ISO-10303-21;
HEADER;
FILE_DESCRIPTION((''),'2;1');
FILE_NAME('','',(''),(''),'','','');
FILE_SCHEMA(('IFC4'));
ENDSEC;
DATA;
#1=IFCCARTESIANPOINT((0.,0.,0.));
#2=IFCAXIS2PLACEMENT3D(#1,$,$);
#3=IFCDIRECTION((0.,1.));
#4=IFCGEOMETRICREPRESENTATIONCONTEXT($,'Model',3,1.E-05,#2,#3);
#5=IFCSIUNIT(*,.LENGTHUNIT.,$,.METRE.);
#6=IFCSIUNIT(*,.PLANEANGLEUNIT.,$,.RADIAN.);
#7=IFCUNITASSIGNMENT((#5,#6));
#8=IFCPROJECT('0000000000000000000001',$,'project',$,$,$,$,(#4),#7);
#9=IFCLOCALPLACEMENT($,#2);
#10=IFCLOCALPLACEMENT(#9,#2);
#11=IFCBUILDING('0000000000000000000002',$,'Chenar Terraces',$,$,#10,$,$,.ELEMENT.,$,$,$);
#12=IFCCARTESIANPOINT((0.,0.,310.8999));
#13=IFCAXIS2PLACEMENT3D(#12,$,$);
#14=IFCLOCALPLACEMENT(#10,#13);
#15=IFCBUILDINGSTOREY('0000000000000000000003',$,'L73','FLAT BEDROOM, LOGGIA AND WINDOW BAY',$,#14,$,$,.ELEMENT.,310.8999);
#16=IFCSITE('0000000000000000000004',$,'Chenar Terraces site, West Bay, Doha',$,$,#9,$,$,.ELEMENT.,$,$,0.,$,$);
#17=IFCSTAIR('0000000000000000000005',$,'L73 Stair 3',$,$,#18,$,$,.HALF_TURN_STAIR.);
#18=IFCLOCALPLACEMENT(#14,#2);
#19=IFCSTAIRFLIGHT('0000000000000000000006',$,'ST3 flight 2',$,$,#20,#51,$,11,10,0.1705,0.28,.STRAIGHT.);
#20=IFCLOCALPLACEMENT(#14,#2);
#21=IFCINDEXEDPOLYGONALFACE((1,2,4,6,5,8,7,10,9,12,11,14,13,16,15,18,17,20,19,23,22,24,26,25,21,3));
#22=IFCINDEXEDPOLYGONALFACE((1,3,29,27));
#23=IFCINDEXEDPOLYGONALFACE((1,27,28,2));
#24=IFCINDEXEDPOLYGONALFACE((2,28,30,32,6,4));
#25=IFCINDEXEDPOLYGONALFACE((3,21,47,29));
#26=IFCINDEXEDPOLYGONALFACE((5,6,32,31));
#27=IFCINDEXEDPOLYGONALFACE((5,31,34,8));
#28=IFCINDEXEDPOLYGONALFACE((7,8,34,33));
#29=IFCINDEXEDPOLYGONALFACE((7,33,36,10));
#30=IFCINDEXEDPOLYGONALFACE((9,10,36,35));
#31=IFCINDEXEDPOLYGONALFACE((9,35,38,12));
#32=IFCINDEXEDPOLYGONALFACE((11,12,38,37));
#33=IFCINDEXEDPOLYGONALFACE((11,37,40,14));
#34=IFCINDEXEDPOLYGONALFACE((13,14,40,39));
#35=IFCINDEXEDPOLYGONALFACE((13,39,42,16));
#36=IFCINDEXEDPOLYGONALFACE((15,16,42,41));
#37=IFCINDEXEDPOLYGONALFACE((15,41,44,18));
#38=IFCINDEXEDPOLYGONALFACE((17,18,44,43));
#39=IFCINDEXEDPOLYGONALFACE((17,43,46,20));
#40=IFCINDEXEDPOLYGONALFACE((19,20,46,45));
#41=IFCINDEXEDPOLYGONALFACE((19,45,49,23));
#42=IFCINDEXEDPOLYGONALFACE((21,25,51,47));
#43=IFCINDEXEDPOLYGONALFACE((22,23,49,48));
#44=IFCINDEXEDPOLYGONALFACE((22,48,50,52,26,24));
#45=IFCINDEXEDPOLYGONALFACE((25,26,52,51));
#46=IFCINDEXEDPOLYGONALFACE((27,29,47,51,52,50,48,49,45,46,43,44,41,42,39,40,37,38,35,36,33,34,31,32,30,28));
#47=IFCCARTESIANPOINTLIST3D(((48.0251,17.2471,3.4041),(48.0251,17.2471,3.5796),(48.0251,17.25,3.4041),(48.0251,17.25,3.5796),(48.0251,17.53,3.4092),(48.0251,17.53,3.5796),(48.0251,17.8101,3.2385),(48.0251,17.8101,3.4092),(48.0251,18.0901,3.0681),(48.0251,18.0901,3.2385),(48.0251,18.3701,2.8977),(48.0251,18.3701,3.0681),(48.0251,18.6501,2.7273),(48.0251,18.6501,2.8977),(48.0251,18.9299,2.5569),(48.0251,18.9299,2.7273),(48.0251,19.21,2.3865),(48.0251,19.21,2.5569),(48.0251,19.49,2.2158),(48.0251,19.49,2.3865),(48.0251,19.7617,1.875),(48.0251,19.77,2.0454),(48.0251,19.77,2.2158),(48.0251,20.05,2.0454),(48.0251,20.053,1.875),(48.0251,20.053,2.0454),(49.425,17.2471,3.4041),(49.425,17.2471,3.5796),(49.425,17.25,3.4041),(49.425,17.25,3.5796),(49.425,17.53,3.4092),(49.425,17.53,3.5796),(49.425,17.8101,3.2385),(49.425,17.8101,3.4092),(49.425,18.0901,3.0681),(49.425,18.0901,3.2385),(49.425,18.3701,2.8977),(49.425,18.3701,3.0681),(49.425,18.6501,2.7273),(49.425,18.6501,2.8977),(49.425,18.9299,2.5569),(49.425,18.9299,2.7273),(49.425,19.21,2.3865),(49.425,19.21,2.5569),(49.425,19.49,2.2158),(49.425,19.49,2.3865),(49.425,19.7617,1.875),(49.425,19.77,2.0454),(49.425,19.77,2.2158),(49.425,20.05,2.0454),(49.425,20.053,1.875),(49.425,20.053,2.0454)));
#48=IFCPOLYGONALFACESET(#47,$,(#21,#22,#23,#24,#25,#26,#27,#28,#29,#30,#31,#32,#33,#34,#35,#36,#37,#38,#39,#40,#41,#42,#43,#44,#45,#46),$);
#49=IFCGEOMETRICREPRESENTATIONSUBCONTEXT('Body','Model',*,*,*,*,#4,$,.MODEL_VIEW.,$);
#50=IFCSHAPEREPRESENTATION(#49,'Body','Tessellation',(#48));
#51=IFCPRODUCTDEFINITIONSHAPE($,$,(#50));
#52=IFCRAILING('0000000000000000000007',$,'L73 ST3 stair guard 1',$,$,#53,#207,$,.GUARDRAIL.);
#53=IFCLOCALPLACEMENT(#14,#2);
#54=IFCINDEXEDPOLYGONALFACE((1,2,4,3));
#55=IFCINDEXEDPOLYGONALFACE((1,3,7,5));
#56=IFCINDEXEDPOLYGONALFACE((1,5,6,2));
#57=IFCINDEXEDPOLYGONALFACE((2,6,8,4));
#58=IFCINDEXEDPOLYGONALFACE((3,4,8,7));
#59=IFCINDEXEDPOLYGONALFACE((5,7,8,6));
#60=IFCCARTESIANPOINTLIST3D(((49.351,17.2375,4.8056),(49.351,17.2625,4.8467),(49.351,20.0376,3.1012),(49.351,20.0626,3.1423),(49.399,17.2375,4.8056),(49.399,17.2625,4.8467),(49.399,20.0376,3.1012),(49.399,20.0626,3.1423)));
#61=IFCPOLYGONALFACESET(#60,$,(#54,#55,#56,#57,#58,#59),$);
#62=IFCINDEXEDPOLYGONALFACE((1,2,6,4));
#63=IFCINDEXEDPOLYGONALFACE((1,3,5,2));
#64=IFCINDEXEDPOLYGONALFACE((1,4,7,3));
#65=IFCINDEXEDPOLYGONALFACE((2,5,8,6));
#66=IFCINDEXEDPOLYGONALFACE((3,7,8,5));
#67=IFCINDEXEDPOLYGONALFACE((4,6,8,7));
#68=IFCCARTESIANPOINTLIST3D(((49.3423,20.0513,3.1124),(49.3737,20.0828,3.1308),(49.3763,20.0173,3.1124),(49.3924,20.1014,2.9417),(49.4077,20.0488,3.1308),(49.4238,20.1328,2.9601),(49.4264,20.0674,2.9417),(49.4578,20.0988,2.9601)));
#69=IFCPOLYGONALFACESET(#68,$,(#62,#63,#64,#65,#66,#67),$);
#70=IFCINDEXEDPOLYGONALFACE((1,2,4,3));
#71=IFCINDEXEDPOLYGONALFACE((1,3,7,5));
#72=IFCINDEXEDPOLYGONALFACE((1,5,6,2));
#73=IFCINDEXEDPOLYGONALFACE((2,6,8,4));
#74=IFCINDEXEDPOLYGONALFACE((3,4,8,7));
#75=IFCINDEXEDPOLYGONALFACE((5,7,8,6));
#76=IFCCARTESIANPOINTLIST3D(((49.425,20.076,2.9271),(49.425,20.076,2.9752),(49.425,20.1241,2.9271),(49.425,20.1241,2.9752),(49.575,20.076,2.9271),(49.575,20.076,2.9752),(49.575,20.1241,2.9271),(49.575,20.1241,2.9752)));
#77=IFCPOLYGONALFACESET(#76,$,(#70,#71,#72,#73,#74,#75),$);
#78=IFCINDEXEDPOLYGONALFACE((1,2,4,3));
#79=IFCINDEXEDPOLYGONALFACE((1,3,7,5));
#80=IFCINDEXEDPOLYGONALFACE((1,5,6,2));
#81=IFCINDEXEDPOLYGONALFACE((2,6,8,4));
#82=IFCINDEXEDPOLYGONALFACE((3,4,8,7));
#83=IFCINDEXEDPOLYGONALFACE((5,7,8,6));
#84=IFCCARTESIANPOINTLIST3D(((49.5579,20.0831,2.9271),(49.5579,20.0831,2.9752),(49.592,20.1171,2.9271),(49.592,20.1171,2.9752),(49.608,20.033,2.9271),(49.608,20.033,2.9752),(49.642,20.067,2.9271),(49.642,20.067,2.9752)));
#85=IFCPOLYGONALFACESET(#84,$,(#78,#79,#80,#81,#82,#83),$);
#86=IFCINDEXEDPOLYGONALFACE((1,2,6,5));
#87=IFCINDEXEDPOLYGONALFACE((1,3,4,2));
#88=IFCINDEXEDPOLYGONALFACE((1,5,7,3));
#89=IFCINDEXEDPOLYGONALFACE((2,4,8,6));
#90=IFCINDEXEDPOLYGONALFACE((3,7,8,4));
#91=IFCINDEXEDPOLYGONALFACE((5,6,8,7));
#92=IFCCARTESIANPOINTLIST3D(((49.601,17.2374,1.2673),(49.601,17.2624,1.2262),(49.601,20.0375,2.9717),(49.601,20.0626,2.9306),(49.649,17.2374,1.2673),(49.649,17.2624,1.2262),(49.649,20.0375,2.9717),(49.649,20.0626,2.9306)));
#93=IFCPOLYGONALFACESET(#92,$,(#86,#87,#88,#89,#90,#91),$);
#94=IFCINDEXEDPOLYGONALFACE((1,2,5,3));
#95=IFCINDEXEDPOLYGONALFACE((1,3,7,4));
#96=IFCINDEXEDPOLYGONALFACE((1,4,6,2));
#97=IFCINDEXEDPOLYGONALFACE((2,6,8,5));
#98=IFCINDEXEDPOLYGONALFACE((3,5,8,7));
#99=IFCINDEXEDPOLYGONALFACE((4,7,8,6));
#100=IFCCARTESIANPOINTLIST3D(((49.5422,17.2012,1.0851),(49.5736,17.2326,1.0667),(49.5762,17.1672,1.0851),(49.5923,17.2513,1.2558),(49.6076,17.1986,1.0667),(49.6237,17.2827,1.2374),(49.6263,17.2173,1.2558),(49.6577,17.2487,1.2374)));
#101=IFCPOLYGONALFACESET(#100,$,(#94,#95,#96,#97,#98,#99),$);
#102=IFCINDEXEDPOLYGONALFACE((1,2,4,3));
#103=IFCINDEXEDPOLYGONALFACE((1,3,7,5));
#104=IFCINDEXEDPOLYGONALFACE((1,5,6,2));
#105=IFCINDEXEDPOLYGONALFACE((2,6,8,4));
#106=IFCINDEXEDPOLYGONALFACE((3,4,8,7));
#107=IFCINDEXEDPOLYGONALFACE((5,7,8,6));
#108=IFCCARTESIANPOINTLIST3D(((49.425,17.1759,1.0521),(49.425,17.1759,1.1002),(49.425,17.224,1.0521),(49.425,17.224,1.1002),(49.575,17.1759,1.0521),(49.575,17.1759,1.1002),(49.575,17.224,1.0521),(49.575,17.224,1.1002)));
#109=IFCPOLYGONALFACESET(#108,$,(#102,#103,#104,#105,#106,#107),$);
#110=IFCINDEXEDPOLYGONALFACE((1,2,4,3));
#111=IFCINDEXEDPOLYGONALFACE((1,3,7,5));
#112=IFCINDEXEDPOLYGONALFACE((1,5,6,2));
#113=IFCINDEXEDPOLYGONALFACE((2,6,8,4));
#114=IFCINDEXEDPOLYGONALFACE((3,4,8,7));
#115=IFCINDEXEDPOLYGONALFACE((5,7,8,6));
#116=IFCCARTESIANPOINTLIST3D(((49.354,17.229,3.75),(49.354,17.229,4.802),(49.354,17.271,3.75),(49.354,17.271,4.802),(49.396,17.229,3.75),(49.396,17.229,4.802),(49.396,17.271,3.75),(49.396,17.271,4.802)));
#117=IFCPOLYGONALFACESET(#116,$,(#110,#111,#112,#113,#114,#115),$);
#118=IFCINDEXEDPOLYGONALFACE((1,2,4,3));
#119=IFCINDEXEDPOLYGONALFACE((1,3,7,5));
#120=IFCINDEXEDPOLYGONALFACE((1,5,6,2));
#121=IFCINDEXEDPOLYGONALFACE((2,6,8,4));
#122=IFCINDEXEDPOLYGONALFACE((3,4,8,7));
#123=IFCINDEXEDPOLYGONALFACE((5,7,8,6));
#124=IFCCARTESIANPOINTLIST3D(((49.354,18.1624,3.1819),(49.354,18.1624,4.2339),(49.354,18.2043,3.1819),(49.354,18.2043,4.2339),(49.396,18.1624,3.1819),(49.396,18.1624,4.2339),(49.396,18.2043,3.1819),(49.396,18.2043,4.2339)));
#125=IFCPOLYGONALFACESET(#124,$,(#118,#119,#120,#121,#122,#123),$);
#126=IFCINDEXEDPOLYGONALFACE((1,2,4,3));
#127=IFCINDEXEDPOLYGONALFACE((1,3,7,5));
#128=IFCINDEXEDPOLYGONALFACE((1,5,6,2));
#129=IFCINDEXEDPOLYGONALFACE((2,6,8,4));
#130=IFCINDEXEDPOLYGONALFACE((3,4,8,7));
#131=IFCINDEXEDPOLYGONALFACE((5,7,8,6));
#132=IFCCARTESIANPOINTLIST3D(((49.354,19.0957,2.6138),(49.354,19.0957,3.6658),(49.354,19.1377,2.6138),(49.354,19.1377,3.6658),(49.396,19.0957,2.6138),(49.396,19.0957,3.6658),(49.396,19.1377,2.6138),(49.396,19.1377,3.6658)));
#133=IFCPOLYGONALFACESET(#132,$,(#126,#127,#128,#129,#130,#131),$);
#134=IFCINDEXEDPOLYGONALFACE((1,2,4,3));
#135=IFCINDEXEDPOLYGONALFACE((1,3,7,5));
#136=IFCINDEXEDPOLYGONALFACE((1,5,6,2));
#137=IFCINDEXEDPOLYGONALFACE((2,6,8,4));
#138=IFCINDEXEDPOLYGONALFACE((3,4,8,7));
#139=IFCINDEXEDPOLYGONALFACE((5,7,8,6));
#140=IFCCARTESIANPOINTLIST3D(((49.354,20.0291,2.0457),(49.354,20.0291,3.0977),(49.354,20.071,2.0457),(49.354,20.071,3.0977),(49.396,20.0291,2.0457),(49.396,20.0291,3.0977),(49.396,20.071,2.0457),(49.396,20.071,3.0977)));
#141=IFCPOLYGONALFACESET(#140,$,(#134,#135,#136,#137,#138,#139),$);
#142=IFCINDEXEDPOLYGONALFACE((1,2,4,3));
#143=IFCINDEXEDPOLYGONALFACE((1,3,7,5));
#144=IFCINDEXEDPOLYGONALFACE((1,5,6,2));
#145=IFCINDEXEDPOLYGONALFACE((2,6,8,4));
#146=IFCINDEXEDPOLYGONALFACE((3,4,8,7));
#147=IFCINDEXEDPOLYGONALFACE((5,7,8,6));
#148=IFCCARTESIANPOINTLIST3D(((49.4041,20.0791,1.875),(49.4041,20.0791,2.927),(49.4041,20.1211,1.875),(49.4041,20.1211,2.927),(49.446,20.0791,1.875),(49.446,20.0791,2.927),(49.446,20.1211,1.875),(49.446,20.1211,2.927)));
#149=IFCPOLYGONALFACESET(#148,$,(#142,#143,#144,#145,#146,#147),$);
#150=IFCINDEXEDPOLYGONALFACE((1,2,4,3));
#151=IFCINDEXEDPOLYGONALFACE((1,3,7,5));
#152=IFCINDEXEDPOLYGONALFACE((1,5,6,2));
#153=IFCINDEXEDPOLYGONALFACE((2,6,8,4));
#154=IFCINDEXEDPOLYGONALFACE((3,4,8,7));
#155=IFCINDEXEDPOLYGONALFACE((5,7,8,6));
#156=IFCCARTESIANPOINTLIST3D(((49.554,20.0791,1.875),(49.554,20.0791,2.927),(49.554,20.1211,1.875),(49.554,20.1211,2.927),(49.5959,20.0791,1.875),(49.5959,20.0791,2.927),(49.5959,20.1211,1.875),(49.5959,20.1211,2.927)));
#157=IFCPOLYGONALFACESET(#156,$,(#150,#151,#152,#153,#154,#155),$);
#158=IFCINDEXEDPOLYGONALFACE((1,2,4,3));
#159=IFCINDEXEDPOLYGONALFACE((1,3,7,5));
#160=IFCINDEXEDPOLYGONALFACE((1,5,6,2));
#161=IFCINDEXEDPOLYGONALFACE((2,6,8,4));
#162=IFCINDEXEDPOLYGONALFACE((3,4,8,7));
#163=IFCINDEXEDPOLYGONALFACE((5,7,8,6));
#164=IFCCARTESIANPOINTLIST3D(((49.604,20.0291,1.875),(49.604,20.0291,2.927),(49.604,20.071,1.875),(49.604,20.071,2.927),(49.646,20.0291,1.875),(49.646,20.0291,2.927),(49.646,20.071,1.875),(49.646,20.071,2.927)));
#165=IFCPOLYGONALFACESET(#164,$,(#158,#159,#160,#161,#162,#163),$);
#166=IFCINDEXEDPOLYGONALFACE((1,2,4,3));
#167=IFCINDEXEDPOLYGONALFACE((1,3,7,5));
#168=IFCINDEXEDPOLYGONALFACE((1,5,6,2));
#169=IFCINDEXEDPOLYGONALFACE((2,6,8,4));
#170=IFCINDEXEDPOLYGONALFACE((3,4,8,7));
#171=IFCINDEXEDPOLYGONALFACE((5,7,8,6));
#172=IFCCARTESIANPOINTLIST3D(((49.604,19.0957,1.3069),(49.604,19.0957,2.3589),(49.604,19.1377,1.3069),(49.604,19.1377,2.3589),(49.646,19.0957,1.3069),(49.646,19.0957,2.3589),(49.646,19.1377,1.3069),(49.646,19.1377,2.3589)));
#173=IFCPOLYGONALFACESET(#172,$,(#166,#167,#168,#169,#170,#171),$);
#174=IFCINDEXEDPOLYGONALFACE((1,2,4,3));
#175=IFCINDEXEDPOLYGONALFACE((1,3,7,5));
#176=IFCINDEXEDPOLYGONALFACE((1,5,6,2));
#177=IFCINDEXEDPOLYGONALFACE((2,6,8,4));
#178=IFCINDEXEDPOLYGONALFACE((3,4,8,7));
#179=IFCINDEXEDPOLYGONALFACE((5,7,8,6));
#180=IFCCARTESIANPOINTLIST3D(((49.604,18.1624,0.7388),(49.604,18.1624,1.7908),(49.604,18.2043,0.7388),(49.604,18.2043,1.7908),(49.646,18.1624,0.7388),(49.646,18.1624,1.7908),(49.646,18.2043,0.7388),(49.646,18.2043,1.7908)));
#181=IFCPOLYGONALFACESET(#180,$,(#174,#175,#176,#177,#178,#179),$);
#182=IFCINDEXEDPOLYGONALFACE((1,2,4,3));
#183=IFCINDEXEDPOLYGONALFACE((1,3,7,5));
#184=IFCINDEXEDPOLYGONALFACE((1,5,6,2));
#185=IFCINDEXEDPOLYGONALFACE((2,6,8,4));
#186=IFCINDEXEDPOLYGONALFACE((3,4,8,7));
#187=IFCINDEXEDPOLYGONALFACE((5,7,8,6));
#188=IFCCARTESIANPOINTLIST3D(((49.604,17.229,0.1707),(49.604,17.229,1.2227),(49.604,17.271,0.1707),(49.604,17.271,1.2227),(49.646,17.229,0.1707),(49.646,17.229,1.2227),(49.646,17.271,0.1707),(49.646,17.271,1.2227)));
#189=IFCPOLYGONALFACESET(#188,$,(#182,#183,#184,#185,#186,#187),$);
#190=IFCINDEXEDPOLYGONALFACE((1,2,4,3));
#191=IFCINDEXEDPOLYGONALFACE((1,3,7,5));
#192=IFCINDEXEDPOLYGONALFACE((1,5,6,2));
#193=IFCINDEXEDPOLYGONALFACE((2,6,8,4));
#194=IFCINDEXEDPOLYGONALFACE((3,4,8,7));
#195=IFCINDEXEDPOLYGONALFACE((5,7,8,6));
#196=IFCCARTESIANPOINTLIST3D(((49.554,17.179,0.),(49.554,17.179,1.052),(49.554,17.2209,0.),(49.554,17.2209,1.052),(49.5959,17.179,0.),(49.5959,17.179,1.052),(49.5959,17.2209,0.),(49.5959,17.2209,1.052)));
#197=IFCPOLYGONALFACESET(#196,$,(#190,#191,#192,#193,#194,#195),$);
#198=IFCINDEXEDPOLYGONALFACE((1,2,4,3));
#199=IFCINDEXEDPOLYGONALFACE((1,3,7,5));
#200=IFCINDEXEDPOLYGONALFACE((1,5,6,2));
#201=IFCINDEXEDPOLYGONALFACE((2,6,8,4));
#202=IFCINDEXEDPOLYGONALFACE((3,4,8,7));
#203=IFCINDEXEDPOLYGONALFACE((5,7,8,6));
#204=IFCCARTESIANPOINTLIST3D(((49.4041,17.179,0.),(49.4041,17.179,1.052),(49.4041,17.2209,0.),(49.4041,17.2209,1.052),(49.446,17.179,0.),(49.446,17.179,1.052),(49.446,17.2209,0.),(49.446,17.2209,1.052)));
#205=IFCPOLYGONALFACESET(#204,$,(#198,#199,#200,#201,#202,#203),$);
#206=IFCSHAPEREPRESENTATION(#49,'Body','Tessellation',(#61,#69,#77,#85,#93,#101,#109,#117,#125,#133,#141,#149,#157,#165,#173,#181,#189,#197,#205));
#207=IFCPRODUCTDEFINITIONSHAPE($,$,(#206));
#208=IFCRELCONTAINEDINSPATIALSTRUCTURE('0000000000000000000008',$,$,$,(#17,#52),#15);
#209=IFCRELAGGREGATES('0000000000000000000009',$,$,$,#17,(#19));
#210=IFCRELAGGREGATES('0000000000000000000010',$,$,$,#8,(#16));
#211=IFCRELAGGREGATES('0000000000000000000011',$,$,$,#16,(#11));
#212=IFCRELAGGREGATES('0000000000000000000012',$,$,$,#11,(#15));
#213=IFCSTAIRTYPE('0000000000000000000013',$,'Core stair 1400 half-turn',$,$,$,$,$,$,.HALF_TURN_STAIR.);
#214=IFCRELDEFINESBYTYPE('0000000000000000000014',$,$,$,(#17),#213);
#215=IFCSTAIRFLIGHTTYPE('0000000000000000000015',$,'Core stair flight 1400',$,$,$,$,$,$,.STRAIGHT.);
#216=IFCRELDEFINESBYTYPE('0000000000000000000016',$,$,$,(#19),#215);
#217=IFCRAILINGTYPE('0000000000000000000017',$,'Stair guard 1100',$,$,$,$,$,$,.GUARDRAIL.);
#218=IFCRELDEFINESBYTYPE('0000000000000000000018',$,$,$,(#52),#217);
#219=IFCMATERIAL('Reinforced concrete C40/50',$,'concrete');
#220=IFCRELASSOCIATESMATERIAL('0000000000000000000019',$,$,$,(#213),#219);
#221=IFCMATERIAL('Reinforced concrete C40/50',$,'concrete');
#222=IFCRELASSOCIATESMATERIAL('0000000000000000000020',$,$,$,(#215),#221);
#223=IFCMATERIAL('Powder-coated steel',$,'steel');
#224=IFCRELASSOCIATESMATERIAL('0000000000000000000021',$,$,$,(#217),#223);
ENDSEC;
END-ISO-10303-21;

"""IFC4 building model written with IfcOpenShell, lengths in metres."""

from ifc_helpers import new_model, si_unit, direction, frame, origin, origin_2d, place, context, subcontext, project, spatial, polyline, rectangle, outline, extrude, material, type_object, element, aggregate, save


model = new_model("IFC4")

# Units and contexts
model_context = context("Model", 3, precision=1e-05, world=origin(), true_north=direction((0.0, 1.0)))
body_context = subcontext(model_context, "Body", "Model", "MODEL_VIEW")
ifc_project = project(units=[si_unit("LENGTHUNIT", "METRE"), si_unit("PLANEANGLEUNIT", "RADIAN")], contexts=[model_context])

# Site, building, storey
site_placement = place(None, origin())
site = spatial("IfcSite", under=ifc_project, at=site_placement, Name="Chenar Terraces site, West Bay, Doha", CompositionType="ELEMENT", RefElevation=0.0)
building_placement = place(site_placement, origin())
building = spatial("IfcBuilding", under=site, at=building_placement, Name="Chenar Terraces", CompositionType="ELEMENT")
storey_placement = place(building_placement, frame((0.0, 0.0, 310.8999)))
storey = spatial("IfcBuildingStorey", under=building, at=storey_placement, Name="L73", Description="FLAT BEDROOM, LOGGIA AND WINDOW BAY", CompositionType="ELEMENT", Elevation=310.8999)

# Stair, stair flight
ifc_material_1 = material(Name="Reinforced concrete C40/50", Category="concrete")
stair_type = type_object("IfcStairType", Name="Core stair 1400 half-turn", PredefinedType="HALF_TURN_STAIR", material=ifc_material_1)
stair_placement = place(storey_placement, origin())
stair = element("IfcStair", 1, at=stair_placement, inside=storey, type_object=stair_type, Name="L73 Stair 3", PredefinedType="HALF_TURN_STAIR")
ifc_material_2 = material(Name="Reinforced concrete C40/50", Category="concrete")
stair_flight_type = type_object("IfcStairFlightType", Name="Core stair flight 1400", PredefinedType="STRAIGHT", material=ifc_material_2)
stair_flight_1_placement = place(storey_placement, frame((48.7251, 20.05, 1.875), z_axis=(0.0, 0.0, 1.0), x_axis=(0.0, -1.0, 0.0)))
stair_flight_1 = element("IfcStairFlight", 2, at=stair_flight_1_placement, type_object=stair_flight_type, Name="ST3 flight 2", NumberOfRisers=11, NumberOfTreads=10, PredefinedType="STRAIGHT", RiserHeight=0.1705, TreadLength=0.28, context=body_context, shape_type="SweptSolid", body=[
    extrude(outline(polyline([(-0.0029, 0.0), (-0.0029, 0.1704), (0.0, 0.1704), (0.28, 0.1704), (0.28, 0.3408), (0.5601, 0.3408), (0.5601, 0.5115), (0.8401, 0.5115), (0.8401, 0.6819), (1.1201, 0.6819), (1.1201, 0.8523), (1.3999, 0.8523), (1.3999, 1.0227), (1.6799, 1.0227), (1.6799, 1.1931), (1.96, 1.1931), (1.96, 1.3635), (2.24, 1.3635), (2.24, 1.5342), (2.52, 1.5342), (2.52, 1.7046), (2.8, 1.7046), (2.803, 1.7046), (2.803, 1.5291), (2.8, 1.5291), (0.2883, 0.0), (-0.0029, 0.0)])), frame((0.0, 0.7, 0.0), z_axis=(0.0, -1.0, 0.0), x_axis=(1.0, 0.0, 0.0)), (0.0, 0.0, 1.0), 1.3999),
])
aggregate(stair, [stair_flight_1])

# Railing
ifc_material_3 = material(Name="Powder-coated steel", Category="steel")
railing_type_1 = type_object("IfcRailingType", Name="Stair guard 1100", PredefinedType="GUARDRAIL", material=ifc_material_3)
railing_1_placement = place(storey_placement, frame((49.375, 17.25, 3.75)))
element("IfcRailing", 3, at=railing_1_placement, inside=storey, type_object=railing_type_1, Name="L73 ST3 stair guard 1", PredefinedType="GUARDRAIL", context=body_context, shape_type="SweptSolid", body=[
    extrude(rectangle(XDim=0.0481, YDim=0.0481, at=origin_2d()), frame((0.0, 0.0, 1.0762), z_axis=(0.0, 0.854203, -0.51994), x_axis=(-1.0, 0.0, 0.0)), (0.0, 0.0, 1.0), 3.2781),
    extrude(rectangle(XDim=0.0481, YDim=0.0481, at=origin_2d()), frame((0.0, 2.8, -0.6284), z_axis=(0.2709, 0.2709, -0.923703), x_axis=(-0.707107, 0.707107, 0.0)), (0.0, 0.0, 1.0), 0.1848),
    extrude(rectangle(XDim=0.0481, YDim=0.0481, at=origin_2d()), frame((0.05, 2.8501, -0.7988), z_axis=(1.0, 0.0, 0.0), x_axis=(0.0, 1.0, 0.0)), (0.0, 0.0, 1.0), 0.1499),
    extrude(rectangle(XDim=0.0481, YDim=0.0481, at=origin_2d()), frame((0.2, 2.8501, -0.7988), z_axis=(0.707107, -0.707107, 0.0), x_axis=(0.707107, 0.707107, 0.0)), (0.0, 0.0, 1.0), 0.0708),
    extrude(rectangle(XDim=0.0481, YDim=0.0481, at=origin_2d()), frame((0.25, 2.8, -0.7988), z_axis=(0.0, -0.854203, -0.51994), x_axis=(1.0, 0.0, 0.0)), (0.0, 0.0, 1.0), 3.2781),
    extrude(rectangle(XDim=0.0481, YDim=0.0481, at=origin_2d()), frame((0.25, 0.0, -2.5034), z_axis=(-0.2709, -0.2709, -0.923703), x_axis=(0.707107, -0.707107, 0.0)), (0.0, 0.0, 1.0), 0.1848),
    extrude(rectangle(XDim=0.0481, YDim=0.0481, at=origin_2d()), frame((0.2, -0.05, -2.6738), z_axis=(-1.0, 0.0, 0.0), x_axis=(0.0, -1.0, 0.0)), (0.0, 0.0, 1.0), 0.1499),
    extrude(rectangle(XDim=0.042, YDim=0.042, at=origin_2d()), origin(), (0.0, 0.0, 1.0), 1.052),
    extrude(rectangle(XDim=0.042, YDim=0.042, at=origin_2d()), frame((0.0, 0.9333, -0.5681)), (0.0, 0.0, 1.0), 1.052),
    extrude(rectangle(XDim=0.042, YDim=0.042, at=origin_2d()), frame((0.0, 1.8667, -1.1362)), (0.0, 0.0, 1.0), 1.052),
    extrude(rectangle(XDim=0.042, YDim=0.042, at=origin_2d()), frame((0.0, 2.8, -1.7043)), (0.0, 0.0, 1.0), 1.052),
    extrude(rectangle(XDim=0.042, YDim=0.042, at=origin_2d()), frame((0.05, 2.8501, -1.875)), (0.0, 0.0, 1.0), 1.052),
    extrude(rectangle(XDim=0.042, YDim=0.042, at=origin_2d()), frame((0.2, 2.8501, -1.875)), (0.0, 0.0, 1.0), 1.052),
    extrude(rectangle(XDim=0.042, YDim=0.042, at=origin_2d()), frame((0.25, 2.8, -1.875)), (0.0, 0.0, 1.0), 1.052),
    extrude(rectangle(XDim=0.042, YDim=0.042, at=origin_2d()), frame((0.25, 1.8667, -2.4431)), (0.0, 0.0, 1.0), 1.052),
    extrude(rectangle(XDim=0.042, YDim=0.042, at=origin_2d()), frame((0.25, 0.9333, -3.0112)), (0.0, 0.0, 1.0), 1.052),
    extrude(rectangle(XDim=0.042, YDim=0.042, at=origin_2d()), frame((0.25, 0.0, -3.5793)), (0.0, 0.0, 1.0), 1.052),
    extrude(rectangle(XDim=0.042, YDim=0.042, at=origin_2d()), frame((0.2, -0.05, -3.75)), (0.0, 0.0, 1.0), 1.052),
    extrude(rectangle(XDim=0.042, YDim=0.042, at=origin_2d()), frame((0.05, -0.05, -3.75)), (0.0, 0.0, 1.0), 1.052),
])

save(model, "model.ifc")
